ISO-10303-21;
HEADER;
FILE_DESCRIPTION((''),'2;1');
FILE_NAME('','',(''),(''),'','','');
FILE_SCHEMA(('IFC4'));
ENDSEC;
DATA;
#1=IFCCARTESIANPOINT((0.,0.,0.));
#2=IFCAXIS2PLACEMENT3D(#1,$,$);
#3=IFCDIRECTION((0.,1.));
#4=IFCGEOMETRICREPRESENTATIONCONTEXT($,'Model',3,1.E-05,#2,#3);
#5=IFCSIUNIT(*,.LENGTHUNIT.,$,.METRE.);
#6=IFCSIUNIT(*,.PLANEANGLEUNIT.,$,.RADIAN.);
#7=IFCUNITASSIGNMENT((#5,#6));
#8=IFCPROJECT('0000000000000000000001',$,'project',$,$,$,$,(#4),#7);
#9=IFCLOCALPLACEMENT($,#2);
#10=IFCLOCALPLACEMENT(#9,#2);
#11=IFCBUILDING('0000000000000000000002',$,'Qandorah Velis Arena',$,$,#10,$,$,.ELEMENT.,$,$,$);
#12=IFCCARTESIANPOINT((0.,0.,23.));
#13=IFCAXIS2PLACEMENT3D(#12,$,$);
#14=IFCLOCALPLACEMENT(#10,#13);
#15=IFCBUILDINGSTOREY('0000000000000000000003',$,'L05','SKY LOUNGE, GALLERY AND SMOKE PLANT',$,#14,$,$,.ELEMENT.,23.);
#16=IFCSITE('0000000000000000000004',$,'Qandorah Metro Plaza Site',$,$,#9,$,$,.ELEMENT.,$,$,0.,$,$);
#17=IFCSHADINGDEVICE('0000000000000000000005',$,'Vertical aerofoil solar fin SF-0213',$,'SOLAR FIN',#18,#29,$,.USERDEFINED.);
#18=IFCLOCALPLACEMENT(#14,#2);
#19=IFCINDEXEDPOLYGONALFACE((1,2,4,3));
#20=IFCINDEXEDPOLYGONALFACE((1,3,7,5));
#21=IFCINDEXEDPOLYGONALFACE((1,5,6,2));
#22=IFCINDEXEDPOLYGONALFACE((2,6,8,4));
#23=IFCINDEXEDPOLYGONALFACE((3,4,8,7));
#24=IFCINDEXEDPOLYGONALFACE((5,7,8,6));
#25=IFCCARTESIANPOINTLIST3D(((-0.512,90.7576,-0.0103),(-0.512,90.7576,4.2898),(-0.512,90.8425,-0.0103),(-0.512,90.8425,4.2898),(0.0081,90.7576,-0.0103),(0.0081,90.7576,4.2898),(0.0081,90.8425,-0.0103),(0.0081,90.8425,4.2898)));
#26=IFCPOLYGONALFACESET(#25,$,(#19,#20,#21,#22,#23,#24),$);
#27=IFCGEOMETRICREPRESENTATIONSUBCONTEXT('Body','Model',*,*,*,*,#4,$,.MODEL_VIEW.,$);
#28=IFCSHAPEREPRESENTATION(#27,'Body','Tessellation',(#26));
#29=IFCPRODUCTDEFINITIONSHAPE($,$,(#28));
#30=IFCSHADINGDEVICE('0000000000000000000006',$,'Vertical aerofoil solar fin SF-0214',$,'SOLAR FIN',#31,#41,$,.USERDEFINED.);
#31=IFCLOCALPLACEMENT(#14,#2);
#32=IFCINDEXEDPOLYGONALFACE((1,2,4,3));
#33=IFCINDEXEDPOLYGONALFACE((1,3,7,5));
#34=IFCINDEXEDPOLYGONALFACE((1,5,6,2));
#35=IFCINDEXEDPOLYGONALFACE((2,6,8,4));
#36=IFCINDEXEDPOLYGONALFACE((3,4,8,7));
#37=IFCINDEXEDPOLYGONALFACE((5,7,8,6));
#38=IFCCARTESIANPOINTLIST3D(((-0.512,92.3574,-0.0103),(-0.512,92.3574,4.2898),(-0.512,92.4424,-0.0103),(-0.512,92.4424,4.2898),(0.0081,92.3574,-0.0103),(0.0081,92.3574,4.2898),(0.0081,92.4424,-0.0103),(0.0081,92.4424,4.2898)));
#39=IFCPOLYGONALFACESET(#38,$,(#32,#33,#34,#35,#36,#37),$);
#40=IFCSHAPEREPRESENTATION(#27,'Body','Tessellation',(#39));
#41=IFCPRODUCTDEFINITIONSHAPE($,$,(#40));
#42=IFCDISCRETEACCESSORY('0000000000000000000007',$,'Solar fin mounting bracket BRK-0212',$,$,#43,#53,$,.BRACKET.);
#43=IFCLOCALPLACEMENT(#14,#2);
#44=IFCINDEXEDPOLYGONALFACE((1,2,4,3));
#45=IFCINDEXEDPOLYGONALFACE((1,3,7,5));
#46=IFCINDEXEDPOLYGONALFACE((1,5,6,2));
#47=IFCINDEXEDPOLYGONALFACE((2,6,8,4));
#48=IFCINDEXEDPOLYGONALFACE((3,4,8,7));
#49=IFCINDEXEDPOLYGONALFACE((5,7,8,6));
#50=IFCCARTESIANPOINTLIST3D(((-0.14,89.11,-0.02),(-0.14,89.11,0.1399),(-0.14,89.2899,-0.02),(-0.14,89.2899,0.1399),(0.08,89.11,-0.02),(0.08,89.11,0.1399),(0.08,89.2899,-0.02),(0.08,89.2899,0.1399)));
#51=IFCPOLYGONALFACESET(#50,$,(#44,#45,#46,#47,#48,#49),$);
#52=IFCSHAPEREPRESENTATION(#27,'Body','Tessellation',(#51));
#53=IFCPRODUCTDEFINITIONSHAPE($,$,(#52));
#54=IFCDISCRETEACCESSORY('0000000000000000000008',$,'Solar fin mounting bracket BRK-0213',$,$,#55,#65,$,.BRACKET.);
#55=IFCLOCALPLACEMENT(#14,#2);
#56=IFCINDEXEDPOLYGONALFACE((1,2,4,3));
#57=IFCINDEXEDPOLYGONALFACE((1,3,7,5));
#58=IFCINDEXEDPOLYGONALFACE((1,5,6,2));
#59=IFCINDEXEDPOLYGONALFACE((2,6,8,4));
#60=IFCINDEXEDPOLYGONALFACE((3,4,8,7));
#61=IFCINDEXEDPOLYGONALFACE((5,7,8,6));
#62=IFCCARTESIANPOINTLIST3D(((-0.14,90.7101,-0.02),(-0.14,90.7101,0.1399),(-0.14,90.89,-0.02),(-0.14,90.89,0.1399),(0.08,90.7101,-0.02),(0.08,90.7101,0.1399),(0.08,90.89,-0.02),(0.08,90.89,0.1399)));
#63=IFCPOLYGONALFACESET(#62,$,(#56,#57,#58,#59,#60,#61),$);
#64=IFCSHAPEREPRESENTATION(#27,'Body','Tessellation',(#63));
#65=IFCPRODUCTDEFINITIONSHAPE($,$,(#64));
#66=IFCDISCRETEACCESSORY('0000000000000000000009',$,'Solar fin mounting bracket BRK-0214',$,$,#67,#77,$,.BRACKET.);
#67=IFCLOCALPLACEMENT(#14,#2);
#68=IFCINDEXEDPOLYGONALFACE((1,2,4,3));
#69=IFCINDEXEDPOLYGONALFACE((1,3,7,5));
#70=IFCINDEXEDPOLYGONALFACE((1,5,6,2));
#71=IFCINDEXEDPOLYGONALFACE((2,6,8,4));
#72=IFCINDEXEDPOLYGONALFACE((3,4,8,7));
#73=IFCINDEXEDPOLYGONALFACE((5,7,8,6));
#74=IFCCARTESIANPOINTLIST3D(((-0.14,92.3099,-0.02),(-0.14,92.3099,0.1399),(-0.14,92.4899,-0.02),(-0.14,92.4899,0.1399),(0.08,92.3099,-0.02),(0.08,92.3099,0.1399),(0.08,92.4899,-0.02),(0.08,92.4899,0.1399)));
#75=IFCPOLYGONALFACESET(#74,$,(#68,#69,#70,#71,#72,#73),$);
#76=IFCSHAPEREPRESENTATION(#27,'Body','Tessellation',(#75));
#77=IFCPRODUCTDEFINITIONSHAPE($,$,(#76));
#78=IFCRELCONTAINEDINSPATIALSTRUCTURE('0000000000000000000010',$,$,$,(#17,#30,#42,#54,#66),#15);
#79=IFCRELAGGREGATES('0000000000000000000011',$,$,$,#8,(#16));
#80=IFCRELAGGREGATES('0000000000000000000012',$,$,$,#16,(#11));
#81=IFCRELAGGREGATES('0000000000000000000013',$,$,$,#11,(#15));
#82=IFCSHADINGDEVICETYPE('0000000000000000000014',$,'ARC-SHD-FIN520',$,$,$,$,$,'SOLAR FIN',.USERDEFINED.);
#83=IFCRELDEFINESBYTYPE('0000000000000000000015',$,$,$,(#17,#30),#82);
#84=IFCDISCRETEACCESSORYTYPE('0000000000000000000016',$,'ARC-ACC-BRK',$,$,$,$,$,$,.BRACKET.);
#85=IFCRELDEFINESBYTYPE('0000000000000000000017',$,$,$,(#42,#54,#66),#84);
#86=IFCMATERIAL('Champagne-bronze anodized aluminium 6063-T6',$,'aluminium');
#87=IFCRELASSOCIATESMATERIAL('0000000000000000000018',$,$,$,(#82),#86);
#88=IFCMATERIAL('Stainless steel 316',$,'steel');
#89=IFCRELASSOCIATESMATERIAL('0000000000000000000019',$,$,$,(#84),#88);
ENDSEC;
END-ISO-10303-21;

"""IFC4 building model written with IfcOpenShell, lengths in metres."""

from ifc_helpers import new_model, si_unit, direction, frame, origin, origin_2d, place, context, subcontext, project, spatial, rectangle, extrude, material, type_object, element, save


model = new_model("IFC4")

# Units and contexts
model_context = context("Model", 3, precision=1e-05, world=origin(), true_north=direction((0.0, 1.0)))
body_context = subcontext(model_context, "Body", "Model", "MODEL_VIEW")
ifc_project = project(units=[si_unit("LENGTHUNIT", "METRE"), si_unit("PLANEANGLEUNIT", "RADIAN")], contexts=[model_context])

# Site, building, storey
site_placement = place(None, origin())
site = spatial("IfcSite", under=ifc_project, at=site_placement, Name="Qandorah Metro Plaza Site", CompositionType="ELEMENT", RefElevation=0.0)
building_placement = place(site_placement, origin())
building = spatial("IfcBuilding", under=site, at=building_placement, Name="Qandorah Velis Arena", CompositionType="ELEMENT")
storey_placement = place(building_placement, frame((0.0, 0.0, 23.0)))
storey = spatial("IfcBuildingStorey", under=building, at=storey_placement, Name="L05", Description="SKY LOUNGE, GALLERY AND SMOKE PLANT", CompositionType="ELEMENT", Elevation=23.0)

# Shared definitions
ifc_material_1 = material(Name="Champagne-bronze anodized aluminium 6063-T6", Category="aluminium")

# Shading devices
shading_device_type = type_object("IfcShadingDeviceType", Name="ARC-SHD-FIN520", ElementType="SOLAR FIN", PredefinedType="USERDEFINED", material=ifc_material_1)
for number, where, z_axis, x_axis, name in (
    (1, (-0.252, 90.8, -0.0103), (0.0, 0.0, 1.0), (1.0, 0.0, 0.0), "Vertical aerofoil solar fin SF-0213"),
    (2, (-0.252, 92.3999, -0.0103), (0.0, 0.0, 1.0), (1.0, 0.0, 0.0), "Vertical aerofoil solar fin SF-0214"),
):
    element("IfcShadingDevice", number, at=place(storey_placement, frame(where, z_axis=z_axis, x_axis=x_axis)), inside=storey, type_object=shading_device_type, Name=name, ObjectType="SOLAR FIN", PredefinedType="USERDEFINED", context=body_context, shape_type="SweptSolid", body=[
        extrude(rectangle(XDim=0.52, YDim=0.085, at=origin_2d()), origin(), (0.0, 0.0, 1.0), 4.3),
    ])

# Discrete accessories
ifc_material_2 = material(Name="Stainless steel 316", Category="steel")
discrete_accessory_type = type_object("IfcDiscreteAccessoryType", Name="ARC-ACC-BRK", PredefinedType="BRACKET", material=ifc_material_2)
for number, where, z_axis, x_axis, name in (
    (3, (-0.03, 89.2, -0.02), (0.0, 0.0, 1.0), (1.0, 0.0, 0.0), "Solar fin mounting bracket BRK-0212"),
    (4, (-0.03, 90.8, -0.02), (0.0, 0.0, 1.0), (1.0, 0.0, 0.0), "Solar fin mounting bracket BRK-0213"),
    (5, (-0.03, 92.3999, -0.02), (0.0, 0.0, 1.0), (1.0, 0.0, 0.0), "Solar fin mounting bracket BRK-0214"),
):
    element("IfcDiscreteAccessory", number, at=place(storey_placement, frame(where, z_axis=z_axis, x_axis=x_axis)), inside=storey, type_object=discrete_accessory_type, Name=name, PredefinedType="BRACKET", context=body_context, shape_type="SweptSolid", body=[
        extrude(rectangle(XDim=0.22, YDim=0.1799, at=origin_2d()), origin(), (0.0, 0.0, 1.0), 0.1599),
    ])

save(model, "model.ifc")
